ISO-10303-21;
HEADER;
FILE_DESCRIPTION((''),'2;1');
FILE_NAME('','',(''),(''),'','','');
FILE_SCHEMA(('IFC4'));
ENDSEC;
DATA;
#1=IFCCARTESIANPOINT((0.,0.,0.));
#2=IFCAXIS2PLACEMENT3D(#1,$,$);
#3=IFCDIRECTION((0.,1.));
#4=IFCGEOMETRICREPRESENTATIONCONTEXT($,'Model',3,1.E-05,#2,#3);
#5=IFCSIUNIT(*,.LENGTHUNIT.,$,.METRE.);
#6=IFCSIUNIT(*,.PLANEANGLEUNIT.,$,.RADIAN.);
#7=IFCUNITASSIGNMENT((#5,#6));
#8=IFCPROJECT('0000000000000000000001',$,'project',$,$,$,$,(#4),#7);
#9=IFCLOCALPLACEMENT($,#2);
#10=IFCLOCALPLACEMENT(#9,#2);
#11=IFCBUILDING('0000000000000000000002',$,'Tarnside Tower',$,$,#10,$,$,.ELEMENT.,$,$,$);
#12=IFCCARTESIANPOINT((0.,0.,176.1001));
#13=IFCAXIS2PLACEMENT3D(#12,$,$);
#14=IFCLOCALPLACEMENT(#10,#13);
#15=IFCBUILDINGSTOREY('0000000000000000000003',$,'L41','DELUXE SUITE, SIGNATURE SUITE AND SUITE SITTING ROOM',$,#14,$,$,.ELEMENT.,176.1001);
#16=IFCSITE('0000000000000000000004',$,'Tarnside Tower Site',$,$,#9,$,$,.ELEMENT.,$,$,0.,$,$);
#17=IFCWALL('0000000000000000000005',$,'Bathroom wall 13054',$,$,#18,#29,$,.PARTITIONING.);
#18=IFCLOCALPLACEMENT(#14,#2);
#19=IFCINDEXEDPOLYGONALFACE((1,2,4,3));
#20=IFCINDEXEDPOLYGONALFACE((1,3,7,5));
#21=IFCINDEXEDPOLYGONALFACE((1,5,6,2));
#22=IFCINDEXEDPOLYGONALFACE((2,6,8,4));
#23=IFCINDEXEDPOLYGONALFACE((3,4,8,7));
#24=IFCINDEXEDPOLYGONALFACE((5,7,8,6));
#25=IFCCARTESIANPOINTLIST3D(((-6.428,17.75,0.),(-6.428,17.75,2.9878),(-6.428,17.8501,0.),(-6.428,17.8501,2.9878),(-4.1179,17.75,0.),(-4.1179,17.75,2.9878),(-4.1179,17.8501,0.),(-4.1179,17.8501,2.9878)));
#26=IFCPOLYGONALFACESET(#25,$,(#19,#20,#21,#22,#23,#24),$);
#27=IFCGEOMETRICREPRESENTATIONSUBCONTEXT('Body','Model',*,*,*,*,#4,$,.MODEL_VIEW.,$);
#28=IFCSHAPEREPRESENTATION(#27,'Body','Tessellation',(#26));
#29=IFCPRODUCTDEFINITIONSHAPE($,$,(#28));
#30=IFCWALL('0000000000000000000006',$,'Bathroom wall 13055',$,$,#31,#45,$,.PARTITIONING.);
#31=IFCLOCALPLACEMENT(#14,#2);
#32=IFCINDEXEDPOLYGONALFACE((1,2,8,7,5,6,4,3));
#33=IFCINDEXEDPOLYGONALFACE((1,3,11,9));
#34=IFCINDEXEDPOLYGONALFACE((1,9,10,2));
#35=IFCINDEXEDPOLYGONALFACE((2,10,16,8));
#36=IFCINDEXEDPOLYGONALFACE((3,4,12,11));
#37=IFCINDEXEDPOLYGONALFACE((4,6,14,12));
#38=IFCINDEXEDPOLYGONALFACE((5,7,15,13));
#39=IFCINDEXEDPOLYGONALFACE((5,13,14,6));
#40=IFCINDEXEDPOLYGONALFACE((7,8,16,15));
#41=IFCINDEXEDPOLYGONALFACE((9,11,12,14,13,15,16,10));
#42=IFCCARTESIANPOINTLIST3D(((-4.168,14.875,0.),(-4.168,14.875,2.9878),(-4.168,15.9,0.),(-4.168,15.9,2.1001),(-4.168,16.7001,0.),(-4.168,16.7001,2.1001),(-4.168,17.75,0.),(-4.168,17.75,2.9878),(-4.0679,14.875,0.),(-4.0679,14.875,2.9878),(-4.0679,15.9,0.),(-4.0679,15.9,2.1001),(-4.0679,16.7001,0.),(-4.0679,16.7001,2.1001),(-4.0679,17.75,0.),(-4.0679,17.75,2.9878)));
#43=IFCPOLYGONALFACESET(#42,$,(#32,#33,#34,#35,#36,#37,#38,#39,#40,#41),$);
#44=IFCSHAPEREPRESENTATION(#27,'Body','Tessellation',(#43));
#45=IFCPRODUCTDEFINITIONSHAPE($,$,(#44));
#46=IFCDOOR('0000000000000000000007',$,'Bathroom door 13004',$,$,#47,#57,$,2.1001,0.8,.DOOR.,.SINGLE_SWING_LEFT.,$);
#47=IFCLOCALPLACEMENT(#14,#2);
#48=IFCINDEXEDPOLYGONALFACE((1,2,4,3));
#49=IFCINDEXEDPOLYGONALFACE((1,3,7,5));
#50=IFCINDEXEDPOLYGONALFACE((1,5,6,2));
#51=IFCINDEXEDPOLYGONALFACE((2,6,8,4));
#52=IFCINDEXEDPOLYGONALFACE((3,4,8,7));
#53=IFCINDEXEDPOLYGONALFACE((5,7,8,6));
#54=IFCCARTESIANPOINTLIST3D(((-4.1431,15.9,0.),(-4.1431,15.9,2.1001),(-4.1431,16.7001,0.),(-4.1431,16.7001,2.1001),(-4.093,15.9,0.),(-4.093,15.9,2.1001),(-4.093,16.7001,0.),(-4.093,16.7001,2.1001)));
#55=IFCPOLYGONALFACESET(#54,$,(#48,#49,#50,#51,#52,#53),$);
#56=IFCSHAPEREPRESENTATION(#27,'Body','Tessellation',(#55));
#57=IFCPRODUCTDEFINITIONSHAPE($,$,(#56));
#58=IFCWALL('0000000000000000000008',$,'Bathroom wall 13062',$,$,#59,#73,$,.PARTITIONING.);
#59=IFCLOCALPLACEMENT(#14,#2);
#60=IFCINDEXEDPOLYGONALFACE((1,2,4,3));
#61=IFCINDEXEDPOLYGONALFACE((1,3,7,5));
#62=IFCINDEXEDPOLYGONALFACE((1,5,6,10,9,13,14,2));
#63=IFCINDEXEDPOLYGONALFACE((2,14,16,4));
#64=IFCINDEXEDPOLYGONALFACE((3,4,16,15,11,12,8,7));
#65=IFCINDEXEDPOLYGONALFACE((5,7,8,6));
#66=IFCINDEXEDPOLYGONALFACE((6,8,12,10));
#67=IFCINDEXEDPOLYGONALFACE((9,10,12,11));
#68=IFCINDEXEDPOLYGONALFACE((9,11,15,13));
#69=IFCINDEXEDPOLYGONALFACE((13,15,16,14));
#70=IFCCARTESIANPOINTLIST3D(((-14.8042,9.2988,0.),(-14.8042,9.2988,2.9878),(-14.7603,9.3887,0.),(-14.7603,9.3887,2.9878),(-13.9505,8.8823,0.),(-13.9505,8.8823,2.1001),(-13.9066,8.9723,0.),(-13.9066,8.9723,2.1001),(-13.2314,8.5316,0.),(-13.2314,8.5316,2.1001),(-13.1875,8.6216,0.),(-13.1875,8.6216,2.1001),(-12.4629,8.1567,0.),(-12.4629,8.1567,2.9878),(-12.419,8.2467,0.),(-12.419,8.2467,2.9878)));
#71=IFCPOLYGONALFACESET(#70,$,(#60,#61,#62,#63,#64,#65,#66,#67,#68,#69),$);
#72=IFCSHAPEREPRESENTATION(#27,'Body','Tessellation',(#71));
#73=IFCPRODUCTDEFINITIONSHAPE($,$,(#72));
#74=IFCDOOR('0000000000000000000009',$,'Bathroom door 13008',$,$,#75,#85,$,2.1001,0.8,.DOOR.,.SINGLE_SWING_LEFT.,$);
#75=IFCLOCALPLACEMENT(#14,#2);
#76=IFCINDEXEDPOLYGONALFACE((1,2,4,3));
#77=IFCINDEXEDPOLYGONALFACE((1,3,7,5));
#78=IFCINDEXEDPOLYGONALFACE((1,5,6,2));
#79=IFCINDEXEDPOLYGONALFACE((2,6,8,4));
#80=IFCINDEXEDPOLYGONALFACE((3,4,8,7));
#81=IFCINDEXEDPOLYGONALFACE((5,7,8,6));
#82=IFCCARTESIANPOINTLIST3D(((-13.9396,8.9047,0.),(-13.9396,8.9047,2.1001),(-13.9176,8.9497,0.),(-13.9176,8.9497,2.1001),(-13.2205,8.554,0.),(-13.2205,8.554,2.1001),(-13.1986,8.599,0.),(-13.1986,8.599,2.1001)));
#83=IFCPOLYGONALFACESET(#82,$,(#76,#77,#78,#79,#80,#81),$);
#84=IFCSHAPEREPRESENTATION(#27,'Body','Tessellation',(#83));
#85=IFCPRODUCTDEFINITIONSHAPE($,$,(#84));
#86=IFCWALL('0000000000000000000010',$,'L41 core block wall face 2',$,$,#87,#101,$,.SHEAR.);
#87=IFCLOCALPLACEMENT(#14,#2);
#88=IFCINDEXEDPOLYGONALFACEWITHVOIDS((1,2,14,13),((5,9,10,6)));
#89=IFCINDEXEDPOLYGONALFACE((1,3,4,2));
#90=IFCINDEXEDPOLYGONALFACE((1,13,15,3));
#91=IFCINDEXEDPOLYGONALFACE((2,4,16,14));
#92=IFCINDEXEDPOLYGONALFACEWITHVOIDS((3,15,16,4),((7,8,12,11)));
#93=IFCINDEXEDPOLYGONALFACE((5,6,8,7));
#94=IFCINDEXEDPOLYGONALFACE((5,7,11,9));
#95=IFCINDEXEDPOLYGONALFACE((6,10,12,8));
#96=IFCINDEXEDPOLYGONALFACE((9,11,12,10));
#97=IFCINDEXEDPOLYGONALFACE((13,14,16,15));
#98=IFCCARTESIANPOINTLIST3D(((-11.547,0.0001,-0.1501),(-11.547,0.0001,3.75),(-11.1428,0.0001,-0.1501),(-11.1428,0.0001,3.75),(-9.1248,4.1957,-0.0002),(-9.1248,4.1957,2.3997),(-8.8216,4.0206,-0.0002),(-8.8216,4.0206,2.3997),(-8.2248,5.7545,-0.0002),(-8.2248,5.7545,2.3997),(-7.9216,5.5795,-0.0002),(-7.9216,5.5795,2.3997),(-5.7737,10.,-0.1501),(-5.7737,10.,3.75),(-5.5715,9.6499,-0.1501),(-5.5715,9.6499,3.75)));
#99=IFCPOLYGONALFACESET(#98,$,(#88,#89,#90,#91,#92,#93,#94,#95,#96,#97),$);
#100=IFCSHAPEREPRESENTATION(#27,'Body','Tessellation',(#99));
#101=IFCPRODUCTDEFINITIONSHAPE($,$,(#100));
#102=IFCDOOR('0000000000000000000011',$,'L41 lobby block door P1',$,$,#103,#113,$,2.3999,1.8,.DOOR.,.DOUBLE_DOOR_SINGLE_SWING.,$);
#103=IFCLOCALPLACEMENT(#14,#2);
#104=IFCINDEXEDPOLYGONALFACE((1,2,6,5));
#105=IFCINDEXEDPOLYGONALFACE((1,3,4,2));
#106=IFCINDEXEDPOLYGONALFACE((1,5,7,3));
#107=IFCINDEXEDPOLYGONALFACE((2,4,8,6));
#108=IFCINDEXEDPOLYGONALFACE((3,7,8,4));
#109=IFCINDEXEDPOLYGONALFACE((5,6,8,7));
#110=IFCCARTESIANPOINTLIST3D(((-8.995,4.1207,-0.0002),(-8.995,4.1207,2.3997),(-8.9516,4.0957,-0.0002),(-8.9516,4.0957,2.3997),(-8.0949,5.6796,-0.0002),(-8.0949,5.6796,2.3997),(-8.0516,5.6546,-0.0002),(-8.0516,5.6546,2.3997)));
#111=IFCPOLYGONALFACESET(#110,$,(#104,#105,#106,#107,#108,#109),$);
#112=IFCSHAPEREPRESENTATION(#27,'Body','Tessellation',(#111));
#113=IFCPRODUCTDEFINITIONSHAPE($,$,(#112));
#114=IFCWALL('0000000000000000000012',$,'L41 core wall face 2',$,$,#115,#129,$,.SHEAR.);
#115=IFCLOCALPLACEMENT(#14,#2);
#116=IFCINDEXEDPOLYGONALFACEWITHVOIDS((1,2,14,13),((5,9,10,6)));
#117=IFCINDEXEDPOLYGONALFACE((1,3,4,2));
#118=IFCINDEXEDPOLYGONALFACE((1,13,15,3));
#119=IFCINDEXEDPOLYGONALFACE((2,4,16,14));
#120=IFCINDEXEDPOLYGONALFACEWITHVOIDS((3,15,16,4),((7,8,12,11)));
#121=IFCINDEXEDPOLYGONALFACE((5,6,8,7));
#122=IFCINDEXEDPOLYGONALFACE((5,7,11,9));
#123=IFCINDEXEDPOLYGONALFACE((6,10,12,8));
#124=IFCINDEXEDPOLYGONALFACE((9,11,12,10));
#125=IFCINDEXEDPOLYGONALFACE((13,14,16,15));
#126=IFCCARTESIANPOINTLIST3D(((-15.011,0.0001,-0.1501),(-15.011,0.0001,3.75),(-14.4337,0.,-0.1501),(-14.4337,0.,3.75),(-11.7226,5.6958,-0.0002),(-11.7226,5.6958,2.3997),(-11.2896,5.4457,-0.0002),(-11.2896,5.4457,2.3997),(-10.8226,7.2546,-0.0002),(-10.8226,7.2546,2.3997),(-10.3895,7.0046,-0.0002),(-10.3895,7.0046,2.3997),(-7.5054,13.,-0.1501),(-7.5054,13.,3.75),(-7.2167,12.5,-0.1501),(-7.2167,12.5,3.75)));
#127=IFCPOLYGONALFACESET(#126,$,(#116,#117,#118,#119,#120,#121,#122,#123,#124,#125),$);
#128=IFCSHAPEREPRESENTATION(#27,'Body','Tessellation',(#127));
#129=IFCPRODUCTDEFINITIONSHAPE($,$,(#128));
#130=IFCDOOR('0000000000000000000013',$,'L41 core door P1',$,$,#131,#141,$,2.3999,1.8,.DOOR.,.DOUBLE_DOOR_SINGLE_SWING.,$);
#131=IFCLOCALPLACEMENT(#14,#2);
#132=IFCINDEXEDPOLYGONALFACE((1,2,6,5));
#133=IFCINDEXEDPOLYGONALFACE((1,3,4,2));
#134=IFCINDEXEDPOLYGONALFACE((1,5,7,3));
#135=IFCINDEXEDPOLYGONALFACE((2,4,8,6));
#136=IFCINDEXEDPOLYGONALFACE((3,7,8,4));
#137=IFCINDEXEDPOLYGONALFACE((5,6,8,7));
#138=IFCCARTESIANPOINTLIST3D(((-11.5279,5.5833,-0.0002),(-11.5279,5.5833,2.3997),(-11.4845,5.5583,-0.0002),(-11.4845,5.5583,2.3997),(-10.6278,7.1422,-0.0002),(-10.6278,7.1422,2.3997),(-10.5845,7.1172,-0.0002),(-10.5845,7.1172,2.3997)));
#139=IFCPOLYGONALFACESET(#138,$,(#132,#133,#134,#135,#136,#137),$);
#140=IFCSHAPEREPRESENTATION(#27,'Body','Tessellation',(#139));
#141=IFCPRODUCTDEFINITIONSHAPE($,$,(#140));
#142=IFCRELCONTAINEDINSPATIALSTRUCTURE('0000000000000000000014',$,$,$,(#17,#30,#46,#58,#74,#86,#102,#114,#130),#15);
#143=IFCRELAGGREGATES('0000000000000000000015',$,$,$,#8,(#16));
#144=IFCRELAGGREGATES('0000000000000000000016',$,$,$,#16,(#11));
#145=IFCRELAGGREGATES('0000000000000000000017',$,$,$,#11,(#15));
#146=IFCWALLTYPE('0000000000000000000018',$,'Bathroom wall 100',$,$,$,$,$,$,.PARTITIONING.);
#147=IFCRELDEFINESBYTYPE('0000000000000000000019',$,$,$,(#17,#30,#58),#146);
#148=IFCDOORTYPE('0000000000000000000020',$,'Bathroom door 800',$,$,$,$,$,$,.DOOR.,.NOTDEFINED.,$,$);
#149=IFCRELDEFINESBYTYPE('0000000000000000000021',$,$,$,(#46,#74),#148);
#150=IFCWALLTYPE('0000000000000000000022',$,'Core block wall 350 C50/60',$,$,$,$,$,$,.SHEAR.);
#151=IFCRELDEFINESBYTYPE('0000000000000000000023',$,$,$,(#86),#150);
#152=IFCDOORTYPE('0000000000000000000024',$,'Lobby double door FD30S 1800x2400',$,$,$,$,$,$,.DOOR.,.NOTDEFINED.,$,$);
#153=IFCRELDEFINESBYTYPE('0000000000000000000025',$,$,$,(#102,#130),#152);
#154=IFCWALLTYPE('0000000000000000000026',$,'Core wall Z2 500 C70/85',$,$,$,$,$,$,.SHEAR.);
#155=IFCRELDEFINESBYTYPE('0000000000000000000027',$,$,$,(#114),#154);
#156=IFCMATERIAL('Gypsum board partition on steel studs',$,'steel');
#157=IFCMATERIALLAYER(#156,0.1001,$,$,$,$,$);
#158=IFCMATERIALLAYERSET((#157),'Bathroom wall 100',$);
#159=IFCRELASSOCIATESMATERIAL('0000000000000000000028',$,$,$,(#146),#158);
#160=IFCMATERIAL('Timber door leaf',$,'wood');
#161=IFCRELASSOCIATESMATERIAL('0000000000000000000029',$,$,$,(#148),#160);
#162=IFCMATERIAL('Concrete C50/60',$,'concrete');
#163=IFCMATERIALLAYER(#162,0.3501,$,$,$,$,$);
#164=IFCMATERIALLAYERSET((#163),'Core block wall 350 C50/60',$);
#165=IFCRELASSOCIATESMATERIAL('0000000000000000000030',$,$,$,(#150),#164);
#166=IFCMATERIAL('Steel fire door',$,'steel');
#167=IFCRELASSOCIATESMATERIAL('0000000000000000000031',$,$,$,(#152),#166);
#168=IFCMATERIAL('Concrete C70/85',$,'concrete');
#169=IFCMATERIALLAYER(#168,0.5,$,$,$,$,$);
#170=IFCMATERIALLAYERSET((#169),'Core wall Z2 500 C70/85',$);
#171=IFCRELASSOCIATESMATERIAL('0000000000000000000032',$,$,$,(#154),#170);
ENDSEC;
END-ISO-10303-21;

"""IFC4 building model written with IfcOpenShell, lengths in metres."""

from ifc_helpers import new_model, si_unit, direction, frame, frame_2d, origin, place, context, subcontext, project, spatial, polyline, rectangle, outline, extrude, material, layer, layer_set, type_object, element, fill, save


model = new_model("IFC4")

# Units and contexts
model_context = context("Model", 3, precision=1e-05, world=origin(), true_north=direction((0.0, 1.0)))
body_context = subcontext(model_context, "Body", "Model", "MODEL_VIEW")
ifc_project = project(units=[si_unit("LENGTHUNIT", "METRE"), si_unit("PLANEANGLEUNIT", "RADIAN")], contexts=[model_context])

# Site, building, storey
site_placement = place(None, origin())
site = spatial("IfcSite", under=ifc_project, at=site_placement, Name="Tarnside Tower Site", CompositionType="ELEMENT", RefElevation=0.0)
building_placement = place(site_placement, origin())
building = spatial("IfcBuilding", under=site, at=building_placement, Name="Tarnside Tower", CompositionType="ELEMENT")
storey_placement = place(building_placement, frame((0.0, 0.0, 176.1001)))
storey = spatial("IfcBuildingStorey", under=building, at=storey_placement, Name="L41", Description="DELUXE SUITE, SIGNATURE SUITE AND SUITE SITTING ROOM", CompositionType="ELEMENT", Elevation=176.1001)

# Wall
ifc_material_1 = material(Name="Gypsum board partition on steel studs", Category="steel")
ifc_layer_1 = layer(ifc_material_1, 0.1001)
ifc_layer_set_1 = layer_set([ifc_layer_1], Name="Bathroom wall 100")
wall_type_1 = type_object("IfcWallType", Name="Bathroom wall 100", PredefinedType="PARTITIONING", material=ifc_layer_set_1)
wall_1_placement = place(storey_placement, frame((-6.428, 17.8, 0.0), z_axis=(0.0, 0.0, 1.0), x_axis=(1.0, 0.0, 0.0)))
element("IfcWall", 1, at=wall_1_placement, inside=storey, type_object=wall_type_1, Name="Bathroom wall 13054", PredefinedType="PARTITIONING", context=body_context, shape_type="SweptSolid", body=[
    extrude(rectangle(XDim=2.3101, YDim=0.1001, at=frame_2d((1.155, 0.0))), origin(), (0.0, 0.0, 1.0), 2.9878),
])

# Walls, openings, doors
wall_2_placement = place(storey_placement, frame((-4.1179, 17.75, 0.0), z_axis=(0.0, 0.0, 1.0), x_axis=(0.0, -1.0, 0.0)))
wall_2 = element("IfcWall", 2, at=wall_2_placement, inside=storey, type_object=wall_type_1, Name="Bathroom wall 13055", PredefinedType="PARTITIONING", context=body_context, shape_type="SweptSolid", body=[
    extrude(rectangle(XDim=2.875, YDim=0.1001, at=frame_2d((1.4375, 0.0))), origin(), (0.0, 0.0, 1.0), 2.9878),
])
opening_1_placement = place(wall_2_placement, frame((1.05, 0.0, 0.0)))
opening_1 = element("IfcOpeningElement", 3, at=opening_1_placement, cuts=wall_2, PredefinedType="OPENING", context=body_context, shape_type="SweptSolid", body=[
    extrude(rectangle(XDim=0.8, YDim=2.1001, at=frame_2d((0.3999, 1.05))), frame((0.0, 0.0601, 0.0), z_axis=(0.0, -1.0, 0.0), x_axis=(1.0, 0.0, 0.0)), (0.0, 0.0, 1.0), 0.1201),
])
ifc_material_2 = material(Name="Timber door leaf", Category="wood")
door_type_1 = type_object("IfcDoorType", Name="Bathroom door 800", OperationType="NOTDEFINED", PredefinedType="DOOR", material=ifc_material_2)
door_1_placement = place(opening_1_placement, origin())
door_1 = element("IfcDoor", 4, at=door_1_placement, inside=storey, type_object=door_type_1, Name="Bathroom door 13004", OperationType="SINGLE_SWING_LEFT", OverallHeight=2.1001, OverallWidth=0.8, PredefinedType="DOOR", context=body_context, shape_type="SweptSolid", body=[
    extrude(rectangle(XDim=0.8, YDim=2.1001, at=frame_2d((0.3999, 1.05))), frame((0.0, 0.0249, 0.0), z_axis=(0.0, -1.0, 0.0), x_axis=(1.0, 0.0, 0.0)), (0.0, 0.0, 1.0), 0.05),
])
fill(opening_1, door_1)
wall_3_placement = place(storey_placement, frame((-14.7822, 9.3438, 0.0), z_axis=(0.0, 0.0, 1.0), x_axis=(0.89877, -0.43842, 0.0)))
wall_3 = element("IfcWall", 5, at=wall_3_placement, inside=storey, type_object=wall_type_1, Name="Bathroom wall 13062", PredefinedType="PARTITIONING", context=body_context, shape_type="SweptSolid", body=[
    extrude(rectangle(XDim=2.605, YDim=0.1001, at=frame_2d((1.3025, 0.0))), origin(), (0.0, 0.0, 1.0), 2.9878),
])
opening_2_placement = place(wall_3_placement, frame((0.95, 0.0, 0.0)))
opening_2 = element("IfcOpeningElement", 6, at=opening_2_placement, cuts=wall_3, PredefinedType="OPENING", context=body_context, shape_type="SweptSolid", body=[
    extrude(rectangle(XDim=0.8, YDim=2.1001, at=frame_2d((0.3999, 1.05))), frame((0.0, 0.0601, 0.0), z_axis=(0.0, -1.0, 0.0), x_axis=(1.0, 0.0, 0.0)), (0.0, 0.0, 1.0), 0.1201),
])
door_2_placement = place(opening_2_placement, origin())
door_2 = element("IfcDoor", 7, at=door_2_placement, inside=storey, type_object=door_type_1, Name="Bathroom door 13008", OperationType="SINGLE_SWING_LEFT", OverallHeight=2.1001, OverallWidth=0.8, PredefinedType="DOOR", context=body_context, shape_type="SweptSolid", body=[
    extrude(rectangle(XDim=0.8, YDim=2.1001, at=frame_2d((0.3999, 1.05))), frame((0.0, 0.0249, 0.0), z_axis=(0.0, -1.0, 0.0), x_axis=(1.0, 0.0, 0.0)), (0.0, 0.0, 1.0), 0.05),
])
fill(opening_2, door_2)
ifc_material_3 = material(Name="Concrete C50/60", Category="concrete")
ifc_layer_2 = layer(ifc_material_3, 0.3501)
ifc_layer_set_2 = layer_set([ifc_layer_2], Name="Core block wall 350 C50/60")
wall_type_2 = type_object("IfcWallType", Name="Core block wall 350 C50/60", PredefinedType="SHEAR", material=ifc_layer_set_2)
wall_4_placement = place(storey_placement, frame((-5.6726, 9.825, -0.1501), z_axis=(0.0, 0.0, 1.0), x_axis=(-0.499995, -0.866028, 0.0)))
wall_4 = element("IfcWall", 8, at=wall_4_placement, inside=storey, type_object=wall_type_2, Name="L41 core block wall face 2", PredefinedType="SHEAR", context=body_context, shape_type="SweptSolid", body=[
    extrude(outline(polyline([(-0.1011, -0.175), (11.4458, -0.175), (11.2437, 0.175), (0.1011, 0.175), (-0.1011, -0.175)])), origin(), (0.0, 0.0, 1.0), 3.9001),
])
opening_3_placement = place(wall_4_placement, frame((4.8013, 0.0, 0.1499)))
opening_3 = element("IfcOpeningElement", 9, at=opening_3_placement, cuts=wall_4, PredefinedType="OPENING", context=body_context, shape_type="SweptSolid", body=[
    extrude(rectangle(XDim=1.8, YDim=2.3999, at=frame_2d((0.8999, 1.2))), frame((0.0, 0.1851, 0.0), z_axis=(0.0, -1.0, 0.0), x_axis=(1.0, 0.0, 0.0)), (0.0, 0.0, 1.0), 0.3701),
])
ifc_material_4 = material(Name="Steel fire door", Category="steel")
door_type_2 = type_object("IfcDoorType", Name="Lobby double door FD30S 1800x2400", OperationType="NOTDEFINED", PredefinedType="DOOR", material=ifc_material_4)
door_3_placement = place(opening_3_placement, origin())
door_3 = element("IfcDoor", 10, at=door_3_placement, inside=storey, type_object=door_type_2, Name="L41 lobby block door P1", OperationType="DOUBLE_DOOR_SINGLE_SWING", OverallHeight=2.3999, OverallWidth=1.8, PredefinedType="DOOR", context=body_context, shape_type="SweptSolid", body=[
    extrude(rectangle(XDim=1.8, YDim=2.3999, at=frame_2d((0.8999, 1.2))), frame((0.0, 0.0249, 0.0), z_axis=(0.0, -1.0, 0.0), x_axis=(1.0, 0.0, 0.0)), (0.0, 0.0, 1.0), 0.05),
])
fill(opening_3, door_3)
ifc_material_5 = material(Name="Concrete C70/85", Category="concrete")
ifc_layer_3 = layer(ifc_material_5, 0.5)
ifc_layer_set_3 = layer_set([ifc_layer_3], Name="Core wall Z2 500 C70/85")
wall_type_3 = type_object("IfcWallType", Name="Core wall Z2 500 C70/85", PredefinedType="SHEAR", material=ifc_layer_set_3)
wall_5_placement = place(storey_placement, frame((-7.3611, 12.75, -0.1501), z_axis=(0.0, 0.0, 1.0), x_axis=(-0.500006, -0.866022, 0.0)))
wall_5 = element("IfcWall", 11, at=wall_5_placement, inside=storey, type_object=wall_type_3, Name="L41 core wall face 2", PredefinedType="SHEAR", context=body_context, shape_type="SweptSolid", body=[
    extrude(outline(polyline([(-0.1443, -0.25), (14.8667, -0.25), (14.5781, 0.25), (0.1443, 0.25), (-0.1443, -0.25)])), origin(), (0.0, 0.0, 1.0), 3.9001),
])
opening_4_placement = place(wall_5_placement, frame((6.49, 0.0, 0.1499)))
opening_4 = element("IfcOpeningElement", 12, at=opening_4_placement, cuts=wall_5, PredefinedType="OPENING", context=body_context, shape_type="SweptSolid", body=[
    extrude(rectangle(XDim=1.8, YDim=2.3999, at=frame_2d((0.8999, 1.2))), frame((0.0, 0.26, 0.0), z_axis=(0.0, -1.0, 0.0), x_axis=(1.0, 0.0, 0.0)), (0.0, 0.0, 1.0), 0.52),
])
door_4_placement = place(opening_4_placement, origin())
door_4 = element("IfcDoor", 13, at=door_4_placement, inside=storey, type_object=door_type_2, Name="L41 core door P1", OperationType="DOUBLE_DOOR_SINGLE_SWING", OverallHeight=2.3999, OverallWidth=1.8, PredefinedType="DOOR", context=body_context, shape_type="SweptSolid", body=[
    extrude(rectangle(XDim=1.8, YDim=2.3999, at=frame_2d((0.8999, 1.2))), frame((0.0, 0.0249, 0.0), z_axis=(0.0, -1.0, 0.0), x_axis=(1.0, 0.0, 0.0)), (0.0, 0.0, 1.0), 0.05),
])
fill(opening_4, door_4)

save(model, "model.ifc")
